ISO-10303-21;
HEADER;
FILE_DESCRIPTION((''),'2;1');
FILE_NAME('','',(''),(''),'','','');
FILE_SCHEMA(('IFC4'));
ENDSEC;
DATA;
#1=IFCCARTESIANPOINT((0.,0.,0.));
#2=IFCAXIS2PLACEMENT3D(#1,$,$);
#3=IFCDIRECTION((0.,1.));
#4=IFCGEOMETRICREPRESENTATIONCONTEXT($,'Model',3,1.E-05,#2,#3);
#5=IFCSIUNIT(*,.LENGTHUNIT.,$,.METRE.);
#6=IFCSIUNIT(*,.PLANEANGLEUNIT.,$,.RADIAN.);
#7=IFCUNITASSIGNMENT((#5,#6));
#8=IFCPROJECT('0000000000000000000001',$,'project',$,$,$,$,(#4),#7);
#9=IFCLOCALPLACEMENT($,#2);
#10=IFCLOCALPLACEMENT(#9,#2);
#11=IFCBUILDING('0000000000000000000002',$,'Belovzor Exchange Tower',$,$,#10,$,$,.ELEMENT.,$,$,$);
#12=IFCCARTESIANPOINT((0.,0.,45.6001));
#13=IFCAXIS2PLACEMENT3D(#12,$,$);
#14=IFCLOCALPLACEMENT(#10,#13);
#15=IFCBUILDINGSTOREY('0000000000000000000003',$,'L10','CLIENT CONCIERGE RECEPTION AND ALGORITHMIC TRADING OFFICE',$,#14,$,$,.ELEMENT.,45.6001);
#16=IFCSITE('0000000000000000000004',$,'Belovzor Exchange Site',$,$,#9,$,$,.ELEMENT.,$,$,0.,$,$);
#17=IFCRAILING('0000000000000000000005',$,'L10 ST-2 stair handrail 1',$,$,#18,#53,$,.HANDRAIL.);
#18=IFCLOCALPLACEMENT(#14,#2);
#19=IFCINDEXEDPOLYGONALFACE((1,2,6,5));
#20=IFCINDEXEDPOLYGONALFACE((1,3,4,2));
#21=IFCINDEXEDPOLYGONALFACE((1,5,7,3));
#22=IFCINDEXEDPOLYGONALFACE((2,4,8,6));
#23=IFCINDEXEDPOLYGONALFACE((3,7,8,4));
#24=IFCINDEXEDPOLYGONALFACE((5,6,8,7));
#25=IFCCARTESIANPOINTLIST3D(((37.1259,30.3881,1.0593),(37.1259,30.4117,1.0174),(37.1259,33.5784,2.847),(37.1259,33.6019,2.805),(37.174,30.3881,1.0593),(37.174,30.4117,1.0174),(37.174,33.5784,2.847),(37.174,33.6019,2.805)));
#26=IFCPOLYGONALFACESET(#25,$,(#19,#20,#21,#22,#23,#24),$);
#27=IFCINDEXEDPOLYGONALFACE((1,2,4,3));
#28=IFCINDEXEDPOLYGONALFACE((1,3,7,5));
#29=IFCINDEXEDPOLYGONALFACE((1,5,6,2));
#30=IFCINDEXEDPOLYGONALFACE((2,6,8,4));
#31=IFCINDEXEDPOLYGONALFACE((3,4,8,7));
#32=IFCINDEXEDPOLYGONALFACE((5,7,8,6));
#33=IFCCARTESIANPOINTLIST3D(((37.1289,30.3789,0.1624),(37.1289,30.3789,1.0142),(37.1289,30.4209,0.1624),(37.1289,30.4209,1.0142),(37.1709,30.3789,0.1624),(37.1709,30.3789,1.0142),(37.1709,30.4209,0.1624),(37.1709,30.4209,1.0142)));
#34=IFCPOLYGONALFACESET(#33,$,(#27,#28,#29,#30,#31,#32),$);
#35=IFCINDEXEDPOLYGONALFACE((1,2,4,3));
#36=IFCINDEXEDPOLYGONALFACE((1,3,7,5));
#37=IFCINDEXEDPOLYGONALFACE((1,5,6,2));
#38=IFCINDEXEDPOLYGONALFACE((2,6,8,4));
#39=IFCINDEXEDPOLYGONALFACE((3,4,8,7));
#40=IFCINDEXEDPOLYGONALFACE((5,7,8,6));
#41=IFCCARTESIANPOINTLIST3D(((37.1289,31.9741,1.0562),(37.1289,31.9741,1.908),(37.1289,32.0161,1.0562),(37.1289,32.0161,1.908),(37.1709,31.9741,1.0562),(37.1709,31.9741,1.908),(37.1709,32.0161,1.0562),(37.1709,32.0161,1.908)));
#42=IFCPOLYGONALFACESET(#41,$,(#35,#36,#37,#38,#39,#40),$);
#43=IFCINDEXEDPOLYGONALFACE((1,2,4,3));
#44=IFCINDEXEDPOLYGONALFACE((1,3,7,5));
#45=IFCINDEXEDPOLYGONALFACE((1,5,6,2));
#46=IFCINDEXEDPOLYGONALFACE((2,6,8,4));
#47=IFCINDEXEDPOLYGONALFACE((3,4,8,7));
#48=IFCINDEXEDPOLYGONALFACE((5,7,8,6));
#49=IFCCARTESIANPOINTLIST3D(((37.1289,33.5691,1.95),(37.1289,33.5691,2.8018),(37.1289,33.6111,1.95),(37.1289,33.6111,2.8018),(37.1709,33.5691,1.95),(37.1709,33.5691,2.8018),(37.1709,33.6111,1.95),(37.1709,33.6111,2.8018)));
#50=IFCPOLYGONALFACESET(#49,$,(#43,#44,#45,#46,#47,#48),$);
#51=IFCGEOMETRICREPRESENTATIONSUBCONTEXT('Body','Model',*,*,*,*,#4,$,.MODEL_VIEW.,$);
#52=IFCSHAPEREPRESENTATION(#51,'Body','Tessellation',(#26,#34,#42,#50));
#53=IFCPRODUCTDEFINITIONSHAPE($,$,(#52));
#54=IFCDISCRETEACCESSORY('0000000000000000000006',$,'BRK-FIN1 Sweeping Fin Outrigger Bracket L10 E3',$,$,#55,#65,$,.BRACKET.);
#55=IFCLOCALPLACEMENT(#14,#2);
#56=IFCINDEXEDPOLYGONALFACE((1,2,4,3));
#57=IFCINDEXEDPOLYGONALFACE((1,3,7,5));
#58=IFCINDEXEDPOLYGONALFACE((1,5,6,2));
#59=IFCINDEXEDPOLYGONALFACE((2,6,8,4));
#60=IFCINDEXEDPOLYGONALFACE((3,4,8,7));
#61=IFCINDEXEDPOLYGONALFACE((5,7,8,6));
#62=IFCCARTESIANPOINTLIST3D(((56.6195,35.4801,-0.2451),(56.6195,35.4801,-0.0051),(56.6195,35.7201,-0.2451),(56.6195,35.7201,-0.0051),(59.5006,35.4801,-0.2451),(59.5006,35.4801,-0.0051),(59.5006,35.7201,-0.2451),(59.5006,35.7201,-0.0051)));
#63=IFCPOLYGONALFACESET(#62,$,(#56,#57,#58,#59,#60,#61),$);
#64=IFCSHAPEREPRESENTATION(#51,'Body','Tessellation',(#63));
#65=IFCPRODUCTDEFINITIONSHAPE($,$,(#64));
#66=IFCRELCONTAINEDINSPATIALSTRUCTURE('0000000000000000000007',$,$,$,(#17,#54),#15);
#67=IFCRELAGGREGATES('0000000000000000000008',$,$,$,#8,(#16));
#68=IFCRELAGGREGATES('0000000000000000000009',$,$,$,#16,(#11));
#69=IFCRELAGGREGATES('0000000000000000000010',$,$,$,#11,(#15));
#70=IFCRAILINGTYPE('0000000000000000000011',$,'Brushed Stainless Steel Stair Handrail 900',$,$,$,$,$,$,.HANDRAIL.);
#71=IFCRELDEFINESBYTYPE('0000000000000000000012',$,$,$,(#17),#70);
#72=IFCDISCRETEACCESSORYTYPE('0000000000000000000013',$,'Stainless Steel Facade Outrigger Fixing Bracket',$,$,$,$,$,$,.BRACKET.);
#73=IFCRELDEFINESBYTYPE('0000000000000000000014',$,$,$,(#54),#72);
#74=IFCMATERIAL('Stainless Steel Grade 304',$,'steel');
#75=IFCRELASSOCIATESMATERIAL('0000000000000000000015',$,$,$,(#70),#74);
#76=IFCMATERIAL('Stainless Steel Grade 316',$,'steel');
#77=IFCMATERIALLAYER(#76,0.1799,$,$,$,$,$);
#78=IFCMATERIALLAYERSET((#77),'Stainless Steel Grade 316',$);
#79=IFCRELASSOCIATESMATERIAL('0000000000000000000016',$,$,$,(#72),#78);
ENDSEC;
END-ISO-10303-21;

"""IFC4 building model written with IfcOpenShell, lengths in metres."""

from ifc_helpers import new_model, si_unit, direction, frame, origin, origin_2d, place, context, subcontext, project, spatial, rectangle, extrude, material, layer, layer_set, type_object, element, save


model = new_model("IFC4")

# Units and contexts
model_context = context("Model", 3, precision=1e-05, world=origin(), true_north=direction((0.0, 1.0)))
body_context = subcontext(model_context, "Body", "Model", "MODEL_VIEW")
ifc_project = project(units=[si_unit("LENGTHUNIT", "METRE"), si_unit("PLANEANGLEUNIT", "RADIAN")], contexts=[model_context])

# Site, building, storey
site_placement = place(None, origin())
site = spatial("IfcSite", under=ifc_project, at=site_placement, Name="Belovzor Exchange Site", CompositionType="ELEMENT", RefElevation=0.0)
building_placement = place(site_placement, origin())
building = spatial("IfcBuilding", under=site, at=building_placement, Name="Belovzor Exchange Tower", CompositionType="ELEMENT")
storey_placement = place(building_placement, frame((0.0, 0.0, 45.6001)))
storey = spatial("IfcBuildingStorey", under=building, at=storey_placement, Name="L10", Description="CLIENT CONCIERGE RECEPTION AND ALGORITHMIC TRADING OFFICE", CompositionType="ELEMENT", Elevation=45.6001)

# Railing
ifc_material_1 = material(Name="Stainless Steel Grade 304", Category="steel")
railing_type = type_object("IfcRailingType", Name="Brushed Stainless Steel Stair Handrail 900", PredefinedType="HANDRAIL", material=ifc_material_1)
railing_placement = place(storey_placement, frame((37.1499, 30.3999, 0.1624)))
element("IfcRailing", 1, at=railing_placement, inside=storey, type_object=railing_type, Name="L10 ST-2 stair handrail 1", PredefinedType="HANDRAIL", context=body_context, shape_type="SweptSolid", body=[
    extrude(rectangle(XDim=0.0481, YDim=0.0481, at=origin_2d()), frame((0.0, 0.0, 0.876), z_axis=(0.0, 0.872378, 0.488831), x_axis=(-1.0, 0.0, 0.0)), (0.0, 0.0, 1.0), 3.657),
    extrude(rectangle(XDim=0.042, YDim=0.042, at=origin_2d()), origin(), (0.0, 0.0, 1.0), 0.8518),
    extrude(rectangle(XDim=0.042, YDim=0.042, at=origin_2d()), frame((0.0, 1.5952, 0.8938)), (0.0, 0.0, 1.0), 0.8518),
    extrude(rectangle(XDim=0.042, YDim=0.042, at=origin_2d()), frame((0.0, 3.1902, 1.7876)), (0.0, 0.0, 1.0), 0.8518),
])

# Discrete accessory
ifc_material_2 = material(Name="Stainless Steel Grade 316", Category="steel")
ifc_layer_1 = layer(ifc_material_2, 0.1799)
ifc_layer_set_1 = layer_set([ifc_layer_1], Name="Stainless Steel Grade 316")
discrete_accessory_type = type_object("IfcDiscreteAccessoryType", Name="Stainless Steel Facade Outrigger Fixing Bracket", PredefinedType="BRACKET", material=ifc_layer_set_1)
discrete_accessory_placement = place(storey_placement, frame((58.0601, 35.6001, -0.2451), z_axis=(0.0, 0.0, 1.0), x_axis=(1.0, 0.0, 0.0)))
element("IfcDiscreteAccessory", 2, at=discrete_accessory_placement, inside=storey, type_object=discrete_accessory_type, Name="BRK-FIN1 Sweeping Fin Outrigger Bracket L10 E3", PredefinedType="BRACKET", context=body_context, shape_type="SweptSolid", body=[
    extrude(rectangle(XDim=2.8811, YDim=0.24, at=origin_2d()), origin(), (0.0, 0.0, 1.0), 0.24),
])

save(model, "model.ifc")
